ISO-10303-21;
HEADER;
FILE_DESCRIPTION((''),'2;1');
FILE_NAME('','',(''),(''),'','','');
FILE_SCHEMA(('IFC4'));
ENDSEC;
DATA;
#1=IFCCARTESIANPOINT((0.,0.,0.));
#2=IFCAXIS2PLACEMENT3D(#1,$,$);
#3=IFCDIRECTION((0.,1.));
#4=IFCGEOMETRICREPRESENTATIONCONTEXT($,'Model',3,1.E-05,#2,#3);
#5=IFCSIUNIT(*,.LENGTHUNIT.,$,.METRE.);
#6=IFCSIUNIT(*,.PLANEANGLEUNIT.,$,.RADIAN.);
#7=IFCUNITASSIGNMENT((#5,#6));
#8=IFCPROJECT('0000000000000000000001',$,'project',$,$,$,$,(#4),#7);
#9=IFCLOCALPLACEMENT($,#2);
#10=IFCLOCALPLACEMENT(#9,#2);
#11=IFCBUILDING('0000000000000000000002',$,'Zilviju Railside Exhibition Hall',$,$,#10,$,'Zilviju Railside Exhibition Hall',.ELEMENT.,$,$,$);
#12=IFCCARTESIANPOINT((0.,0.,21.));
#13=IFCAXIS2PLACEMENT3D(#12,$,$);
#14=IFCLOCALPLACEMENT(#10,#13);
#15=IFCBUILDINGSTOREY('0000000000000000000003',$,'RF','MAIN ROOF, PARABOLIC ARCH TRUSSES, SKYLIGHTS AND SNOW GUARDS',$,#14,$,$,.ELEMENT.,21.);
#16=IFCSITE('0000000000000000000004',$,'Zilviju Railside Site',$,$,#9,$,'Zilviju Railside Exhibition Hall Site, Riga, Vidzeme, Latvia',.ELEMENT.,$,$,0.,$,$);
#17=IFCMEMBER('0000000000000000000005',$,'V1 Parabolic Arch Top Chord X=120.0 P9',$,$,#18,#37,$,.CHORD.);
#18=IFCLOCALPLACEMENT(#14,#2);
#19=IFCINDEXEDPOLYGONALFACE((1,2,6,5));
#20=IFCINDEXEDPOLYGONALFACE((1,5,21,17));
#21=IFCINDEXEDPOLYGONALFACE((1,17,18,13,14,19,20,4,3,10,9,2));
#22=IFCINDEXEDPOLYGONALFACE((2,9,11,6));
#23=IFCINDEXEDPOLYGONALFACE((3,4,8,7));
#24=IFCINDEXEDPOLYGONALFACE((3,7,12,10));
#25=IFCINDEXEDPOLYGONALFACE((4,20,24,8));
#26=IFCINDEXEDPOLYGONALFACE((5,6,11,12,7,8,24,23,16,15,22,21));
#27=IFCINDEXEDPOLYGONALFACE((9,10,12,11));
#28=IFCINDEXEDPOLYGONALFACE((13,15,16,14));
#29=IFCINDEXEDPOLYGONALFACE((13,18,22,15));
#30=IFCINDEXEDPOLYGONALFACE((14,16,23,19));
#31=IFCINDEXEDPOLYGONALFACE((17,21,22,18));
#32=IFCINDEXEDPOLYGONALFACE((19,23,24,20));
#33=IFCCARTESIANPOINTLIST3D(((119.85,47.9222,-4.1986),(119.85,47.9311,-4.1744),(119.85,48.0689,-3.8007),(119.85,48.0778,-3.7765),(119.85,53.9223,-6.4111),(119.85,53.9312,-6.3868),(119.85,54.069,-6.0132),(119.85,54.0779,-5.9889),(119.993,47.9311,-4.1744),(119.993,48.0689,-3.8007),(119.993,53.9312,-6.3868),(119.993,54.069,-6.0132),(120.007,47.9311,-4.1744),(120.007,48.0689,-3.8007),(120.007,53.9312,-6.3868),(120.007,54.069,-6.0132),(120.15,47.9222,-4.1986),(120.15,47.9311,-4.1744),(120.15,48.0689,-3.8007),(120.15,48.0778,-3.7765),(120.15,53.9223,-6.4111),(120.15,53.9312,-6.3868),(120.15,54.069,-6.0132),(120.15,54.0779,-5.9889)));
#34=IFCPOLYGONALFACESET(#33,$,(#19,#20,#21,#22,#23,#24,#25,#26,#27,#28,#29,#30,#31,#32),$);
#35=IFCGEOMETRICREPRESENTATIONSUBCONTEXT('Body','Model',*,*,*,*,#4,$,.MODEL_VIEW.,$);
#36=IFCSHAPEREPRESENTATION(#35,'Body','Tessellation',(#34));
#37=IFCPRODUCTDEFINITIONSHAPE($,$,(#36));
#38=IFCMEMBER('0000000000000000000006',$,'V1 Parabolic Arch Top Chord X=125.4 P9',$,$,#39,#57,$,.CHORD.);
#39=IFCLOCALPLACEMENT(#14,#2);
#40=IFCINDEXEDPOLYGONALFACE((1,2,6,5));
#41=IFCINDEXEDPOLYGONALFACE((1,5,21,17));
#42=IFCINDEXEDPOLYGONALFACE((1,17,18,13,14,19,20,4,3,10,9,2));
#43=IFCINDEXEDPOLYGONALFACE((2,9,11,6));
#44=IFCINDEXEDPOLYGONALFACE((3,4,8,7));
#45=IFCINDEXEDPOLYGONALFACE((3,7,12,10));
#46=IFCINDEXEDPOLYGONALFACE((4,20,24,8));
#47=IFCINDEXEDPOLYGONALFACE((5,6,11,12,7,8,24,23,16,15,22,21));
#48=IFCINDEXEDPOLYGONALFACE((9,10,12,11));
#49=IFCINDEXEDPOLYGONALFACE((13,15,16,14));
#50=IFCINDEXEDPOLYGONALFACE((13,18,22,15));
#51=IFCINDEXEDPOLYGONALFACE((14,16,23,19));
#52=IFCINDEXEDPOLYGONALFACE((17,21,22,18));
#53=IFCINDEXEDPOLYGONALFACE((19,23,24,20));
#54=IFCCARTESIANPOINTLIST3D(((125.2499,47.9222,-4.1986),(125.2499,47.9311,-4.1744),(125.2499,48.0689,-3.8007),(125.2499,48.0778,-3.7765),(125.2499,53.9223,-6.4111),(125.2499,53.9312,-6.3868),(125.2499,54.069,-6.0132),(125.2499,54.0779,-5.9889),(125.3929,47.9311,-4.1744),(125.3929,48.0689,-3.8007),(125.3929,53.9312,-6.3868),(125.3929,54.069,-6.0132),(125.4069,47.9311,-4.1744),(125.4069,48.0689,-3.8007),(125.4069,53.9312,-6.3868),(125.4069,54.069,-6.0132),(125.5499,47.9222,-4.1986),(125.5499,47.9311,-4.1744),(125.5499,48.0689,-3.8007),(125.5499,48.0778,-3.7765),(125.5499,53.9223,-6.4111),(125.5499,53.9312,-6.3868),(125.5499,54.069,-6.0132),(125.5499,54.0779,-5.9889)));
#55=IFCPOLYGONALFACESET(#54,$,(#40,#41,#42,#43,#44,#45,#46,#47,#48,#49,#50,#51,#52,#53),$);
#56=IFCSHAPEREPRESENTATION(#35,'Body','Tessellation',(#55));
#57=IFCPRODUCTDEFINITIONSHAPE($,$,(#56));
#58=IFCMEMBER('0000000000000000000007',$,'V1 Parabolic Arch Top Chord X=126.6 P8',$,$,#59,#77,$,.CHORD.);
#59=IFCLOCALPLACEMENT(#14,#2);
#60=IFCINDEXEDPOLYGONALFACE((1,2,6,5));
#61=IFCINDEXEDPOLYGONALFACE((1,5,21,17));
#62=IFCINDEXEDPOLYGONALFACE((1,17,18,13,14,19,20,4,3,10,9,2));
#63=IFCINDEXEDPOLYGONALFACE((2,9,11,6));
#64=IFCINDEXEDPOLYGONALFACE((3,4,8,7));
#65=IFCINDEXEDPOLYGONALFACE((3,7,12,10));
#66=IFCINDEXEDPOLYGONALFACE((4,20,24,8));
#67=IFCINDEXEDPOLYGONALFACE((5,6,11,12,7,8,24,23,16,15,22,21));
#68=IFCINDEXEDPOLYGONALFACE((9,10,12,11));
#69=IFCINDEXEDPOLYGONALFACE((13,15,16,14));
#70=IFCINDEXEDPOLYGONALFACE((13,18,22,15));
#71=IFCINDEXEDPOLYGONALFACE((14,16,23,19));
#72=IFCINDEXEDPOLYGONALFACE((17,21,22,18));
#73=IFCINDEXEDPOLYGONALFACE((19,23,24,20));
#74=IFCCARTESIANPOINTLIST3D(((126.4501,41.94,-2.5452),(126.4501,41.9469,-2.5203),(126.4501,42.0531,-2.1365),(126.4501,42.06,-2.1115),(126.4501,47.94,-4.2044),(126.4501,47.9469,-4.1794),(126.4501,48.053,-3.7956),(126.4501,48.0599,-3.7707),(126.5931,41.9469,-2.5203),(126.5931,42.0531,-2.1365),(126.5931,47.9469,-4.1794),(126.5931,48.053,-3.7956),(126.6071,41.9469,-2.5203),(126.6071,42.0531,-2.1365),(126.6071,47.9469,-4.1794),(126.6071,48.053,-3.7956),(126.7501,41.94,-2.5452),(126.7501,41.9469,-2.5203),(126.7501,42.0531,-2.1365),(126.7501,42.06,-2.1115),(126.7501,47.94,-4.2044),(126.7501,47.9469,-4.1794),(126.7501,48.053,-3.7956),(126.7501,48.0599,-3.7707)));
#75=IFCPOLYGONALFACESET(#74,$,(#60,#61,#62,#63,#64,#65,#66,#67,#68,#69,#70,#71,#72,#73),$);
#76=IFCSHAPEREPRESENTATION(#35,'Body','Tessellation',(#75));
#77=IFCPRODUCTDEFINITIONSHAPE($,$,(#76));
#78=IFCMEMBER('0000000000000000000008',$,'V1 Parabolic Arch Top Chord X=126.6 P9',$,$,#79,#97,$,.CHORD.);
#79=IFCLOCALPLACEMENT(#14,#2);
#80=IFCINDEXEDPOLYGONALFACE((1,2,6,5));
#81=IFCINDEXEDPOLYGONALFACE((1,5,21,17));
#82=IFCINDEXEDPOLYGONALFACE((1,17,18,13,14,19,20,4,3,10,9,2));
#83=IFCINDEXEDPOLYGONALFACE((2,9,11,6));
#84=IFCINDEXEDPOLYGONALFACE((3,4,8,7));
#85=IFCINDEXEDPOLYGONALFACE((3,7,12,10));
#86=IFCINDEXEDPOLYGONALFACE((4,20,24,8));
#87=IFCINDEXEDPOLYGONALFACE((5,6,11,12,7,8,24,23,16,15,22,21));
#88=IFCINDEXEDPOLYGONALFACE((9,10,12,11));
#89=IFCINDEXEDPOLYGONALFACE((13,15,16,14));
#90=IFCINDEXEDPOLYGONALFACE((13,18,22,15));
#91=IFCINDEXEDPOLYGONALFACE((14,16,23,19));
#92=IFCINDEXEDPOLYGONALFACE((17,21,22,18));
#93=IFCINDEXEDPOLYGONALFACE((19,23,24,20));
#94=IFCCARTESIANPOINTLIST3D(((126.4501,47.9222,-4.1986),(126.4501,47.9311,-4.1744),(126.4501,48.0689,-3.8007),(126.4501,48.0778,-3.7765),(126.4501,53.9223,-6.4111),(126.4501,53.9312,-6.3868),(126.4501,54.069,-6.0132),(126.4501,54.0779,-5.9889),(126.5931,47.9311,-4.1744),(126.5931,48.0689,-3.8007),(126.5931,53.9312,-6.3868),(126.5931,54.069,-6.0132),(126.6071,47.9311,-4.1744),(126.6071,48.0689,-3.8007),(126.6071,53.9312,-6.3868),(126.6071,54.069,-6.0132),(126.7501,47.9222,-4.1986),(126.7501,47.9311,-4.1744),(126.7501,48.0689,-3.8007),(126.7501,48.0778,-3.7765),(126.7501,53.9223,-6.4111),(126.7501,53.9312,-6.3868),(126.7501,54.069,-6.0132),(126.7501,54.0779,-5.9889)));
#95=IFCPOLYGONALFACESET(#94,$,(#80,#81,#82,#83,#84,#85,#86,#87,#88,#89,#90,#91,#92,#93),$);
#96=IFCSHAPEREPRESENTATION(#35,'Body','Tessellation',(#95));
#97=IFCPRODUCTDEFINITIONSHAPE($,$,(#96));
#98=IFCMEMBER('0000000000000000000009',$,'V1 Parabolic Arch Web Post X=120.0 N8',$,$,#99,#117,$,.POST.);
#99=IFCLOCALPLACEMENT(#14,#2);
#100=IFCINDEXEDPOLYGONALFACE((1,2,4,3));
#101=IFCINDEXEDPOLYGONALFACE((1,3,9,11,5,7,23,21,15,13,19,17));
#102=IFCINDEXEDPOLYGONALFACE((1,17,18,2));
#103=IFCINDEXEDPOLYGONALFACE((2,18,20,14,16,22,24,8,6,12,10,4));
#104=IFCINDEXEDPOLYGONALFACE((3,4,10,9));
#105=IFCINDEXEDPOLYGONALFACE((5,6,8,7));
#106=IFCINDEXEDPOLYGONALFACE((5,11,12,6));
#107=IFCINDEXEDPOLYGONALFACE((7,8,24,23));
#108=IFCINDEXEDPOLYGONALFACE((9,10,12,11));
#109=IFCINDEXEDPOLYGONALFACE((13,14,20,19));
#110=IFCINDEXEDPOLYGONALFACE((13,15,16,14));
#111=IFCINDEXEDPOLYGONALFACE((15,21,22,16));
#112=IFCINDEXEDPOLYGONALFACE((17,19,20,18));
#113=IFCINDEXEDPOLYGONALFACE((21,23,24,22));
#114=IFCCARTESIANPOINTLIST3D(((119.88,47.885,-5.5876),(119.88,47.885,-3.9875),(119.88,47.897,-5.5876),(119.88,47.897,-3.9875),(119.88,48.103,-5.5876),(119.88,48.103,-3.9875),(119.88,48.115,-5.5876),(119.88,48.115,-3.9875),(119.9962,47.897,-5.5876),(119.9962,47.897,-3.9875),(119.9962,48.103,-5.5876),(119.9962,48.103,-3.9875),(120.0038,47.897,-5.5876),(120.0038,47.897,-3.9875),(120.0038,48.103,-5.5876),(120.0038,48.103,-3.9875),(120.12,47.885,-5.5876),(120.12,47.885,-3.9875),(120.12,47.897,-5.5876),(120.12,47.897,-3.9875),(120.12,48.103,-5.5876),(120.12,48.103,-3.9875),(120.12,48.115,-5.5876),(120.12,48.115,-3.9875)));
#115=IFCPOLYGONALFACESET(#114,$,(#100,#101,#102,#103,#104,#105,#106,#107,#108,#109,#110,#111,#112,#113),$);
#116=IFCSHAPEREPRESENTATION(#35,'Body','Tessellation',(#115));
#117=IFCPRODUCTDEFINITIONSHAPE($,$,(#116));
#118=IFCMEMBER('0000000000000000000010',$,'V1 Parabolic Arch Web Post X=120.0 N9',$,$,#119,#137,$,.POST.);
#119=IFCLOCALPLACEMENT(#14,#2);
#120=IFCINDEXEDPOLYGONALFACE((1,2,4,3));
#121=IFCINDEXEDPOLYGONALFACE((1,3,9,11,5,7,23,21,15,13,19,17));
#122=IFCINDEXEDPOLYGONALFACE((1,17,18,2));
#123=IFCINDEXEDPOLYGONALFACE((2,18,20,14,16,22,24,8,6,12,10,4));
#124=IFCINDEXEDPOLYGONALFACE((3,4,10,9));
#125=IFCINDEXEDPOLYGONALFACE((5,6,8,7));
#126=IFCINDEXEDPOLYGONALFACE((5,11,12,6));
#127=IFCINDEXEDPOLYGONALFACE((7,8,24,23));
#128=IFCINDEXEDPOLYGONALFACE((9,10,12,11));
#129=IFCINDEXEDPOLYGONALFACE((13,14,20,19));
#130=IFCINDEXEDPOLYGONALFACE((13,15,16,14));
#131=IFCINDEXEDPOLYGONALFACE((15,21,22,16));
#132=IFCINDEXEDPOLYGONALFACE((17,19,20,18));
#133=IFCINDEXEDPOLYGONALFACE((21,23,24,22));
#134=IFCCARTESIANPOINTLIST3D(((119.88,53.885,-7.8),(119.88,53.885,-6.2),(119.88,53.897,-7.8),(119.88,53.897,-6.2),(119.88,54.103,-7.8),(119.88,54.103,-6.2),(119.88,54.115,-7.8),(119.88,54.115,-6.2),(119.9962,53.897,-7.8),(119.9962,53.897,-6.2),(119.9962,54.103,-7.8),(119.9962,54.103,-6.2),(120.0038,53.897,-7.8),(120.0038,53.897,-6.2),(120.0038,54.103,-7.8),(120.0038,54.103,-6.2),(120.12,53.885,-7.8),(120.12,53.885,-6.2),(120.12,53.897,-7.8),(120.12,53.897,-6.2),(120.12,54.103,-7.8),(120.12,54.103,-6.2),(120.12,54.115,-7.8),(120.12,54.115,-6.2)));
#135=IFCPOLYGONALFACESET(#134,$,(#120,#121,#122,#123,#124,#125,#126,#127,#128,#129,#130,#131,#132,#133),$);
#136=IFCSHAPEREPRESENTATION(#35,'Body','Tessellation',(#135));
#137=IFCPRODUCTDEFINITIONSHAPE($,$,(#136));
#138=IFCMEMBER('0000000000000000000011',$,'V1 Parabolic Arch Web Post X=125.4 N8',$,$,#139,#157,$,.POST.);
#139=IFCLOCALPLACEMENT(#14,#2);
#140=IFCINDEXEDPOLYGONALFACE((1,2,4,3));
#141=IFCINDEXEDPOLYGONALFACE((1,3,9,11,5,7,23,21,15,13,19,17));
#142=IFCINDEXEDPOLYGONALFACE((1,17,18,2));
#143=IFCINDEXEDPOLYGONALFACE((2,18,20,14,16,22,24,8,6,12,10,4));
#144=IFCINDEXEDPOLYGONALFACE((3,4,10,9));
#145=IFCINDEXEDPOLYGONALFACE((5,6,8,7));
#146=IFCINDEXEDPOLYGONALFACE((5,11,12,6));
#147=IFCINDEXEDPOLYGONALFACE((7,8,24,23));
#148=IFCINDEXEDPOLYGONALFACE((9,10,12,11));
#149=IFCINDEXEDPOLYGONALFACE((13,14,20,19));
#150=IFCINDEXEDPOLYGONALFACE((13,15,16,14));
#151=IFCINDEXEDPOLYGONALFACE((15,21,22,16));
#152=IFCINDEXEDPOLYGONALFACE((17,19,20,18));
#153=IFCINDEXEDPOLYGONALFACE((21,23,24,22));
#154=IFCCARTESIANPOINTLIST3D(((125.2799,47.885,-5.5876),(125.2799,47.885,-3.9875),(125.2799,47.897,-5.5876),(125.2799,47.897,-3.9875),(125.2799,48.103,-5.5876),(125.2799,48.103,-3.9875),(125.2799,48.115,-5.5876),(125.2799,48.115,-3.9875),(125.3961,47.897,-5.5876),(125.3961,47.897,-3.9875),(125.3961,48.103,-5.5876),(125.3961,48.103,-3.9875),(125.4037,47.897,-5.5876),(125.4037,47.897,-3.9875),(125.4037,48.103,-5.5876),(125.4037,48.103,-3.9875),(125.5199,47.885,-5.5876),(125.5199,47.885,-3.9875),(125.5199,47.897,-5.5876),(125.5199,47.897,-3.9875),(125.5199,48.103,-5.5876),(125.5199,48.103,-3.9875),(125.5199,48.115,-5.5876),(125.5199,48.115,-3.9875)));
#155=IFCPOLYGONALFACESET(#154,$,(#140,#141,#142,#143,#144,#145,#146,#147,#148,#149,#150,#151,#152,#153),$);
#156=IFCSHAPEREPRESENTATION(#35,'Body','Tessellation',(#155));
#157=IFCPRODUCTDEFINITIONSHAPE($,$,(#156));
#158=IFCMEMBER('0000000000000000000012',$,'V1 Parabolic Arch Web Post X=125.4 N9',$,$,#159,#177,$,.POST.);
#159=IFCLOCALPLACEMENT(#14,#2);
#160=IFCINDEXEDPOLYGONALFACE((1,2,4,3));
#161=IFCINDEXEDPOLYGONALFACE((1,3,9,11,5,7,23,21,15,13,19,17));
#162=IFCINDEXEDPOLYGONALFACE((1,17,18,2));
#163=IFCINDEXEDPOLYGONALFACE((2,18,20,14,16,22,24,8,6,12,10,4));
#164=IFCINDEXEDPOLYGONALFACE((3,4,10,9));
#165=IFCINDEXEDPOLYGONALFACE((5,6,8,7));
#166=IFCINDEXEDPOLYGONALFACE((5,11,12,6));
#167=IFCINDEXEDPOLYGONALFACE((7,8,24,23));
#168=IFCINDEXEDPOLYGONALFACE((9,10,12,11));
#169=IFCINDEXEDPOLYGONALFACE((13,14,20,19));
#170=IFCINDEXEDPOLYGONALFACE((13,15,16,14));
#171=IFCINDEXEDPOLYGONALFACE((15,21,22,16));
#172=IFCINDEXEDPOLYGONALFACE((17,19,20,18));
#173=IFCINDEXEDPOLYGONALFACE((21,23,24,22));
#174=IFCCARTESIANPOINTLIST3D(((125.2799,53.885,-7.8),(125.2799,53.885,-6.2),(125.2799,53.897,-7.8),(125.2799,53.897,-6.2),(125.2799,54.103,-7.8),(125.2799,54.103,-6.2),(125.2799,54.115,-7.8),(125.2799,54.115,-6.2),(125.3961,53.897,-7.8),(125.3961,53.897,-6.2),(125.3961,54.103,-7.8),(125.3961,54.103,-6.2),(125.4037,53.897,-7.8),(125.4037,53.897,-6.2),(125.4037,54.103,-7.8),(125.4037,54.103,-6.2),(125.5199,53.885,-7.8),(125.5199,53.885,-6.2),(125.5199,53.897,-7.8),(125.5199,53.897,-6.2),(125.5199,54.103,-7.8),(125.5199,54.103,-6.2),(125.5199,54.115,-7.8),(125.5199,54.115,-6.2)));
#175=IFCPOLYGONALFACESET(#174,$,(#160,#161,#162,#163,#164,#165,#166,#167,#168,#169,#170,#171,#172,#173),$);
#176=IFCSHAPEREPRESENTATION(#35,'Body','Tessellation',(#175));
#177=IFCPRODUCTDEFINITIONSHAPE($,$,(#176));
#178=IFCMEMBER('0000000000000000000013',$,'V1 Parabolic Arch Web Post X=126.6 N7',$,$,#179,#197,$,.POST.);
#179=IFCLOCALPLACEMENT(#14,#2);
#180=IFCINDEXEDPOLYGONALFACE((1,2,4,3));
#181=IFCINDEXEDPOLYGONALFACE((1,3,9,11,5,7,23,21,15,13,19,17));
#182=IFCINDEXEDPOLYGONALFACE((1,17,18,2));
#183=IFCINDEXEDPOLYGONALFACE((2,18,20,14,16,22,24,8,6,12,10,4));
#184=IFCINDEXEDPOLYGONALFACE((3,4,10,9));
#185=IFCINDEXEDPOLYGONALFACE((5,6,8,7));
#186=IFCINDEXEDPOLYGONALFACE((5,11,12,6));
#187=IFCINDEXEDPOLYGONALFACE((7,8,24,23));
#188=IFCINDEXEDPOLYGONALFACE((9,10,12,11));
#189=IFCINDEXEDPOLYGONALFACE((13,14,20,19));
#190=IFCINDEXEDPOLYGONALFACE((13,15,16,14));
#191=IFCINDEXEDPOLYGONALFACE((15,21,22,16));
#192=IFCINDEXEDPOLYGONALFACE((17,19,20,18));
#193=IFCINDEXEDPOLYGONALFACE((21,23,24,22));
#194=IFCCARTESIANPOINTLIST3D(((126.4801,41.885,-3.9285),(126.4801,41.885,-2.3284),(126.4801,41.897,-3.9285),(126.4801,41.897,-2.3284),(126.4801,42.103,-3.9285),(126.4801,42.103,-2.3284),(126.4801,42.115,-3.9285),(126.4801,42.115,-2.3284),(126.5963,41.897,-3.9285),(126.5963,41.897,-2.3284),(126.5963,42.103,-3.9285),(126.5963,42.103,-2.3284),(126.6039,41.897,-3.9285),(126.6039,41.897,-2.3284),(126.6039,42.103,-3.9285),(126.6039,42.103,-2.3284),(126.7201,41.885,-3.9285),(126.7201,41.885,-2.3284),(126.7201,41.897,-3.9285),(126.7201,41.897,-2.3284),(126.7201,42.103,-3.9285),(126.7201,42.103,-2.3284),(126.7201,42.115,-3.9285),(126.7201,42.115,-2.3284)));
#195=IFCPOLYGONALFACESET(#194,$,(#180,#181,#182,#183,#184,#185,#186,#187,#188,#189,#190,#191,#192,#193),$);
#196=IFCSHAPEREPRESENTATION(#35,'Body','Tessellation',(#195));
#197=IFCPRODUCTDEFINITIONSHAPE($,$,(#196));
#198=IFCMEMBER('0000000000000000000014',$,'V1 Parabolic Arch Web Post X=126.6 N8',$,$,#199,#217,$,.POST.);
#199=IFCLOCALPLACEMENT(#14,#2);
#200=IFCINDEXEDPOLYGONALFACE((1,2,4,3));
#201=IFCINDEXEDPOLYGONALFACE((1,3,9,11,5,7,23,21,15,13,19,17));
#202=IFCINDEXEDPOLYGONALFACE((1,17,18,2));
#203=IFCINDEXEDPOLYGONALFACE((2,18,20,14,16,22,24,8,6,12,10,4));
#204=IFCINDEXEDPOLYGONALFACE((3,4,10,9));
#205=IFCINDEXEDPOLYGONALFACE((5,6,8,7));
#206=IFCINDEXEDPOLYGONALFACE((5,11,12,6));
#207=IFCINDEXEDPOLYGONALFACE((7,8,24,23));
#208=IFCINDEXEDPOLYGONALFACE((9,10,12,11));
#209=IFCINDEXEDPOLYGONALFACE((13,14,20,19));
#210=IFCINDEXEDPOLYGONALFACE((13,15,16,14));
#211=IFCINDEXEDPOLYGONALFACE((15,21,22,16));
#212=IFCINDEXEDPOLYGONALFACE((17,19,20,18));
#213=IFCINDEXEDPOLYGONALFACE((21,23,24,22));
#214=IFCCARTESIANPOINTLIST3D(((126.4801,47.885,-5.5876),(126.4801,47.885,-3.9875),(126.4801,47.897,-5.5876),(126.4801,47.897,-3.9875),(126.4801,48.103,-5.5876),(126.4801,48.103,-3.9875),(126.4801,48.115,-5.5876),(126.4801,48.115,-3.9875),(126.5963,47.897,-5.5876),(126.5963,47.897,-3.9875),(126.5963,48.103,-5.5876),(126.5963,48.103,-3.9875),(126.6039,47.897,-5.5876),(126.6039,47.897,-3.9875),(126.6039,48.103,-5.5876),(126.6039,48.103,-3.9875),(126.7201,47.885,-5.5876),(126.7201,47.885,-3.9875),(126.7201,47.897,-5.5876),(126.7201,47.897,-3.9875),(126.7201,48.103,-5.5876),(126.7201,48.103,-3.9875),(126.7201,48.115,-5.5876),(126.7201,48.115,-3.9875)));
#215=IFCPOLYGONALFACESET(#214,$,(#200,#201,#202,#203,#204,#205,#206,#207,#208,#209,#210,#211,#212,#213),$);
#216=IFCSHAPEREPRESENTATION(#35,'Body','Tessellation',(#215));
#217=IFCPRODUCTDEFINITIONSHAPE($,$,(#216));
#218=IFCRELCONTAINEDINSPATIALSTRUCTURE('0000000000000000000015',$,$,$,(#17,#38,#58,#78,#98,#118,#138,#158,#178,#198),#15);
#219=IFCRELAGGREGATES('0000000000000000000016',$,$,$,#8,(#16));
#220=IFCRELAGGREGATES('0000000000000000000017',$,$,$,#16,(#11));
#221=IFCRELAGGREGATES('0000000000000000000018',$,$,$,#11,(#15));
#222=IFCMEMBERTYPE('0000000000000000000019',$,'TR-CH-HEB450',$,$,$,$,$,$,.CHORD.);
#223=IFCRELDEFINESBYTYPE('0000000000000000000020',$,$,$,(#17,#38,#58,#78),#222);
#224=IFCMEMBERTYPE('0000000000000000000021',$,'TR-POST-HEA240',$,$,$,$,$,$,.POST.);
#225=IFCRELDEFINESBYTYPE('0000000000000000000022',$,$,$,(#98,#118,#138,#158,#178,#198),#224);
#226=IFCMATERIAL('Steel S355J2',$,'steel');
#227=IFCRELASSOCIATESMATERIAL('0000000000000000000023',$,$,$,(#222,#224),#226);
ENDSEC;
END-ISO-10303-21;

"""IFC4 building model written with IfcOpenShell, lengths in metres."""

from ifc_helpers import new_model, si_unit, direction, frame, origin, origin_2d, place, context, subcontext, project, spatial, i_section, extrude, material, material_profile, profile_set, type_object, element, save


model = new_model("IFC4")

# Units and contexts
model_context = context("Model", 3, precision=1e-05, world=origin(), true_north=direction((0.0, 1.0)))
body_context = subcontext(model_context, "Body", "Model", "MODEL_VIEW")
ifc_project = project(units=[si_unit("LENGTHUNIT", "METRE"), si_unit("PLANEANGLEUNIT", "RADIAN")], contexts=[model_context])

# Site, building, storey
site_placement = place(None, origin())
site = spatial("IfcSite", under=ifc_project, at=site_placement, Name="Zilviju Railside Site", LongName="Zilviju Railside Exhibition Hall Site, Riga, Vidzeme, Latvia", CompositionType="ELEMENT", RefElevation=0.0)
building_placement = place(site_placement, origin())
building = spatial("IfcBuilding", under=site, at=building_placement, Name="Zilviju Railside Exhibition Hall", LongName="Zilviju Railside Exhibition Hall", CompositionType="ELEMENT")
storey_placement = place(building_placement, frame((0.0, 0.0, 21.0)))
storey = spatial("IfcBuildingStorey", under=building, at=storey_placement, Name="RF", Description="MAIN ROOF, PARABOLIC ARCH TRUSSES, SKYLIGHTS AND SNOW GUARDS", CompositionType="ELEMENT", Elevation=21.0)

# Members
ifc_material_1 = material(Name="Steel S355J2", Category="steel")
ifc_material_profile_1 = material_profile(ifc_material_1, i_section(OverallWidth=0.3, OverallDepth=0.45, WebThickness=0.0139, FlangeThickness=0.0259, at=origin_2d()), Name="HEB 450")
ifc_profile_set_1 = profile_set([ifc_material_profile_1], Name="Steel S355J2")
member_type_1 = type_object("IfcMemberType", Name="TR-CH-HEB450", PredefinedType="CHORD", material=ifc_profile_set_1)
for number, where, z_axis, x_axis, name in (
    (1, (120.0, 48.0, -3.9875), (0.0, 0.938248, -0.345964), (-1.0, 0.0, 0.0), "V1 Parabolic Arch Top Chord X=120.0 P9"),
    (2, (125.3999, 48.0, -3.9875), (0.0, 0.938248, -0.345964), (-1.0, 0.0, 0.0), "V1 Parabolic Arch Top Chord X=125.4 P9"),
):
    element("IfcMember", number, at=place(storey_placement, frame(where, z_axis=z_axis, x_axis=x_axis)), inside=storey, type_object=member_type_1, Name=name, PredefinedType="CHORD", context=body_context, shape_type="SweptSolid", body=[
        extrude(i_section(OverallWidth=0.3, OverallDepth=0.45, WebThickness=0.0139, FlangeThickness=0.0259, at=origin_2d()), origin(), (0.0, 0.0, 1.0), 6.395),
    ])
member_1_placement = place(storey_placement, frame((126.6001, 42.0, -2.3284), z_axis=(0.0, 0.963827, -0.266527), x_axis=(-1.0, 0.0, 0.0)))
element("IfcMember", 3, at=member_1_placement, inside=storey, type_object=member_type_1, Name="V1 Parabolic Arch Top Chord X=126.6 P8", PredefinedType="CHORD", context=body_context, shape_type="SweptSolid", body=[
    extrude(i_section(OverallWidth=0.3, OverallDepth=0.45, WebThickness=0.0139, FlangeThickness=0.0259, at=origin_2d()), origin(), (0.0, 0.0, 1.0), 6.2251),
])
member_2_placement = place(storey_placement, frame((126.6001, 48.0, -3.9875), z_axis=(0.0, 0.938248, -0.345964), x_axis=(-1.0, 0.0, 0.0)))
element("IfcMember", 4, at=member_2_placement, inside=storey, type_object=member_type_1, Name="V1 Parabolic Arch Top Chord X=126.6 P9", PredefinedType="CHORD", context=body_context, shape_type="SweptSolid", body=[
    extrude(i_section(OverallWidth=0.3, OverallDepth=0.45, WebThickness=0.0139, FlangeThickness=0.0259, at=origin_2d()), origin(), (0.0, 0.0, 1.0), 6.395),
])
ifc_material_profile_2 = material_profile(ifc_material_1, i_section(OverallWidth=0.24, OverallDepth=0.23, WebThickness=0.0076, FlangeThickness=0.012, at=origin_2d()), Name="HEA 240")
ifc_profile_set_2 = profile_set([ifc_material_profile_2], Name="Steel S355J2")
member_type_2 = type_object("IfcMemberType", Name="TR-POST-HEA240", PredefinedType="POST", material=ifc_profile_set_2)
for number, where, z_axis, x_axis, name in (
    (5, (120.0, 48.0, -5.5876), (0.0, 0.0, 1.0), (1.0, 0.0, 0.0), "V1 Parabolic Arch Web Post X=120.0 N8"),
    (6, (120.0, 54.0, -7.8), (0.0, 0.0, 1.0), (1.0, 0.0, 0.0), "V1 Parabolic Arch Web Post X=120.0 N9"),
    (7, (125.3999, 48.0, -5.5876), (0.0, 0.0, 1.0), (1.0, 0.0, 0.0), "V1 Parabolic Arch Web Post X=125.4 N8"),
    (8, (125.3999, 54.0, -7.8), (0.0, 0.0, 1.0), (1.0, 0.0, 0.0), "V1 Parabolic Arch Web Post X=125.4 N9"),
    (9, (126.6001, 42.0, -3.9285), (0.0, 0.0, 1.0), (1.0, 0.0, 0.0), "V1 Parabolic Arch Web Post X=126.6 N7"),
    (10, (126.6001, 48.0, -5.5876), (0.0, 0.0, 1.0), (1.0, 0.0, 0.0), "V1 Parabolic Arch Web Post X=126.6 N8"),
):
    element("IfcMember", number, at=place(storey_placement, frame(where, z_axis=z_axis, x_axis=x_axis)), inside=storey, type_object=member_type_2, Name=name, PredefinedType="POST", context=body_context, shape_type="SweptSolid", body=[
        extrude(i_section(OverallWidth=0.24, OverallDepth=0.23, WebThickness=0.0076, FlangeThickness=0.012, at=origin_2d()), origin(), (0.0, 0.0, 1.0), 1.6001),
    ])

save(model, "model.ifc")
